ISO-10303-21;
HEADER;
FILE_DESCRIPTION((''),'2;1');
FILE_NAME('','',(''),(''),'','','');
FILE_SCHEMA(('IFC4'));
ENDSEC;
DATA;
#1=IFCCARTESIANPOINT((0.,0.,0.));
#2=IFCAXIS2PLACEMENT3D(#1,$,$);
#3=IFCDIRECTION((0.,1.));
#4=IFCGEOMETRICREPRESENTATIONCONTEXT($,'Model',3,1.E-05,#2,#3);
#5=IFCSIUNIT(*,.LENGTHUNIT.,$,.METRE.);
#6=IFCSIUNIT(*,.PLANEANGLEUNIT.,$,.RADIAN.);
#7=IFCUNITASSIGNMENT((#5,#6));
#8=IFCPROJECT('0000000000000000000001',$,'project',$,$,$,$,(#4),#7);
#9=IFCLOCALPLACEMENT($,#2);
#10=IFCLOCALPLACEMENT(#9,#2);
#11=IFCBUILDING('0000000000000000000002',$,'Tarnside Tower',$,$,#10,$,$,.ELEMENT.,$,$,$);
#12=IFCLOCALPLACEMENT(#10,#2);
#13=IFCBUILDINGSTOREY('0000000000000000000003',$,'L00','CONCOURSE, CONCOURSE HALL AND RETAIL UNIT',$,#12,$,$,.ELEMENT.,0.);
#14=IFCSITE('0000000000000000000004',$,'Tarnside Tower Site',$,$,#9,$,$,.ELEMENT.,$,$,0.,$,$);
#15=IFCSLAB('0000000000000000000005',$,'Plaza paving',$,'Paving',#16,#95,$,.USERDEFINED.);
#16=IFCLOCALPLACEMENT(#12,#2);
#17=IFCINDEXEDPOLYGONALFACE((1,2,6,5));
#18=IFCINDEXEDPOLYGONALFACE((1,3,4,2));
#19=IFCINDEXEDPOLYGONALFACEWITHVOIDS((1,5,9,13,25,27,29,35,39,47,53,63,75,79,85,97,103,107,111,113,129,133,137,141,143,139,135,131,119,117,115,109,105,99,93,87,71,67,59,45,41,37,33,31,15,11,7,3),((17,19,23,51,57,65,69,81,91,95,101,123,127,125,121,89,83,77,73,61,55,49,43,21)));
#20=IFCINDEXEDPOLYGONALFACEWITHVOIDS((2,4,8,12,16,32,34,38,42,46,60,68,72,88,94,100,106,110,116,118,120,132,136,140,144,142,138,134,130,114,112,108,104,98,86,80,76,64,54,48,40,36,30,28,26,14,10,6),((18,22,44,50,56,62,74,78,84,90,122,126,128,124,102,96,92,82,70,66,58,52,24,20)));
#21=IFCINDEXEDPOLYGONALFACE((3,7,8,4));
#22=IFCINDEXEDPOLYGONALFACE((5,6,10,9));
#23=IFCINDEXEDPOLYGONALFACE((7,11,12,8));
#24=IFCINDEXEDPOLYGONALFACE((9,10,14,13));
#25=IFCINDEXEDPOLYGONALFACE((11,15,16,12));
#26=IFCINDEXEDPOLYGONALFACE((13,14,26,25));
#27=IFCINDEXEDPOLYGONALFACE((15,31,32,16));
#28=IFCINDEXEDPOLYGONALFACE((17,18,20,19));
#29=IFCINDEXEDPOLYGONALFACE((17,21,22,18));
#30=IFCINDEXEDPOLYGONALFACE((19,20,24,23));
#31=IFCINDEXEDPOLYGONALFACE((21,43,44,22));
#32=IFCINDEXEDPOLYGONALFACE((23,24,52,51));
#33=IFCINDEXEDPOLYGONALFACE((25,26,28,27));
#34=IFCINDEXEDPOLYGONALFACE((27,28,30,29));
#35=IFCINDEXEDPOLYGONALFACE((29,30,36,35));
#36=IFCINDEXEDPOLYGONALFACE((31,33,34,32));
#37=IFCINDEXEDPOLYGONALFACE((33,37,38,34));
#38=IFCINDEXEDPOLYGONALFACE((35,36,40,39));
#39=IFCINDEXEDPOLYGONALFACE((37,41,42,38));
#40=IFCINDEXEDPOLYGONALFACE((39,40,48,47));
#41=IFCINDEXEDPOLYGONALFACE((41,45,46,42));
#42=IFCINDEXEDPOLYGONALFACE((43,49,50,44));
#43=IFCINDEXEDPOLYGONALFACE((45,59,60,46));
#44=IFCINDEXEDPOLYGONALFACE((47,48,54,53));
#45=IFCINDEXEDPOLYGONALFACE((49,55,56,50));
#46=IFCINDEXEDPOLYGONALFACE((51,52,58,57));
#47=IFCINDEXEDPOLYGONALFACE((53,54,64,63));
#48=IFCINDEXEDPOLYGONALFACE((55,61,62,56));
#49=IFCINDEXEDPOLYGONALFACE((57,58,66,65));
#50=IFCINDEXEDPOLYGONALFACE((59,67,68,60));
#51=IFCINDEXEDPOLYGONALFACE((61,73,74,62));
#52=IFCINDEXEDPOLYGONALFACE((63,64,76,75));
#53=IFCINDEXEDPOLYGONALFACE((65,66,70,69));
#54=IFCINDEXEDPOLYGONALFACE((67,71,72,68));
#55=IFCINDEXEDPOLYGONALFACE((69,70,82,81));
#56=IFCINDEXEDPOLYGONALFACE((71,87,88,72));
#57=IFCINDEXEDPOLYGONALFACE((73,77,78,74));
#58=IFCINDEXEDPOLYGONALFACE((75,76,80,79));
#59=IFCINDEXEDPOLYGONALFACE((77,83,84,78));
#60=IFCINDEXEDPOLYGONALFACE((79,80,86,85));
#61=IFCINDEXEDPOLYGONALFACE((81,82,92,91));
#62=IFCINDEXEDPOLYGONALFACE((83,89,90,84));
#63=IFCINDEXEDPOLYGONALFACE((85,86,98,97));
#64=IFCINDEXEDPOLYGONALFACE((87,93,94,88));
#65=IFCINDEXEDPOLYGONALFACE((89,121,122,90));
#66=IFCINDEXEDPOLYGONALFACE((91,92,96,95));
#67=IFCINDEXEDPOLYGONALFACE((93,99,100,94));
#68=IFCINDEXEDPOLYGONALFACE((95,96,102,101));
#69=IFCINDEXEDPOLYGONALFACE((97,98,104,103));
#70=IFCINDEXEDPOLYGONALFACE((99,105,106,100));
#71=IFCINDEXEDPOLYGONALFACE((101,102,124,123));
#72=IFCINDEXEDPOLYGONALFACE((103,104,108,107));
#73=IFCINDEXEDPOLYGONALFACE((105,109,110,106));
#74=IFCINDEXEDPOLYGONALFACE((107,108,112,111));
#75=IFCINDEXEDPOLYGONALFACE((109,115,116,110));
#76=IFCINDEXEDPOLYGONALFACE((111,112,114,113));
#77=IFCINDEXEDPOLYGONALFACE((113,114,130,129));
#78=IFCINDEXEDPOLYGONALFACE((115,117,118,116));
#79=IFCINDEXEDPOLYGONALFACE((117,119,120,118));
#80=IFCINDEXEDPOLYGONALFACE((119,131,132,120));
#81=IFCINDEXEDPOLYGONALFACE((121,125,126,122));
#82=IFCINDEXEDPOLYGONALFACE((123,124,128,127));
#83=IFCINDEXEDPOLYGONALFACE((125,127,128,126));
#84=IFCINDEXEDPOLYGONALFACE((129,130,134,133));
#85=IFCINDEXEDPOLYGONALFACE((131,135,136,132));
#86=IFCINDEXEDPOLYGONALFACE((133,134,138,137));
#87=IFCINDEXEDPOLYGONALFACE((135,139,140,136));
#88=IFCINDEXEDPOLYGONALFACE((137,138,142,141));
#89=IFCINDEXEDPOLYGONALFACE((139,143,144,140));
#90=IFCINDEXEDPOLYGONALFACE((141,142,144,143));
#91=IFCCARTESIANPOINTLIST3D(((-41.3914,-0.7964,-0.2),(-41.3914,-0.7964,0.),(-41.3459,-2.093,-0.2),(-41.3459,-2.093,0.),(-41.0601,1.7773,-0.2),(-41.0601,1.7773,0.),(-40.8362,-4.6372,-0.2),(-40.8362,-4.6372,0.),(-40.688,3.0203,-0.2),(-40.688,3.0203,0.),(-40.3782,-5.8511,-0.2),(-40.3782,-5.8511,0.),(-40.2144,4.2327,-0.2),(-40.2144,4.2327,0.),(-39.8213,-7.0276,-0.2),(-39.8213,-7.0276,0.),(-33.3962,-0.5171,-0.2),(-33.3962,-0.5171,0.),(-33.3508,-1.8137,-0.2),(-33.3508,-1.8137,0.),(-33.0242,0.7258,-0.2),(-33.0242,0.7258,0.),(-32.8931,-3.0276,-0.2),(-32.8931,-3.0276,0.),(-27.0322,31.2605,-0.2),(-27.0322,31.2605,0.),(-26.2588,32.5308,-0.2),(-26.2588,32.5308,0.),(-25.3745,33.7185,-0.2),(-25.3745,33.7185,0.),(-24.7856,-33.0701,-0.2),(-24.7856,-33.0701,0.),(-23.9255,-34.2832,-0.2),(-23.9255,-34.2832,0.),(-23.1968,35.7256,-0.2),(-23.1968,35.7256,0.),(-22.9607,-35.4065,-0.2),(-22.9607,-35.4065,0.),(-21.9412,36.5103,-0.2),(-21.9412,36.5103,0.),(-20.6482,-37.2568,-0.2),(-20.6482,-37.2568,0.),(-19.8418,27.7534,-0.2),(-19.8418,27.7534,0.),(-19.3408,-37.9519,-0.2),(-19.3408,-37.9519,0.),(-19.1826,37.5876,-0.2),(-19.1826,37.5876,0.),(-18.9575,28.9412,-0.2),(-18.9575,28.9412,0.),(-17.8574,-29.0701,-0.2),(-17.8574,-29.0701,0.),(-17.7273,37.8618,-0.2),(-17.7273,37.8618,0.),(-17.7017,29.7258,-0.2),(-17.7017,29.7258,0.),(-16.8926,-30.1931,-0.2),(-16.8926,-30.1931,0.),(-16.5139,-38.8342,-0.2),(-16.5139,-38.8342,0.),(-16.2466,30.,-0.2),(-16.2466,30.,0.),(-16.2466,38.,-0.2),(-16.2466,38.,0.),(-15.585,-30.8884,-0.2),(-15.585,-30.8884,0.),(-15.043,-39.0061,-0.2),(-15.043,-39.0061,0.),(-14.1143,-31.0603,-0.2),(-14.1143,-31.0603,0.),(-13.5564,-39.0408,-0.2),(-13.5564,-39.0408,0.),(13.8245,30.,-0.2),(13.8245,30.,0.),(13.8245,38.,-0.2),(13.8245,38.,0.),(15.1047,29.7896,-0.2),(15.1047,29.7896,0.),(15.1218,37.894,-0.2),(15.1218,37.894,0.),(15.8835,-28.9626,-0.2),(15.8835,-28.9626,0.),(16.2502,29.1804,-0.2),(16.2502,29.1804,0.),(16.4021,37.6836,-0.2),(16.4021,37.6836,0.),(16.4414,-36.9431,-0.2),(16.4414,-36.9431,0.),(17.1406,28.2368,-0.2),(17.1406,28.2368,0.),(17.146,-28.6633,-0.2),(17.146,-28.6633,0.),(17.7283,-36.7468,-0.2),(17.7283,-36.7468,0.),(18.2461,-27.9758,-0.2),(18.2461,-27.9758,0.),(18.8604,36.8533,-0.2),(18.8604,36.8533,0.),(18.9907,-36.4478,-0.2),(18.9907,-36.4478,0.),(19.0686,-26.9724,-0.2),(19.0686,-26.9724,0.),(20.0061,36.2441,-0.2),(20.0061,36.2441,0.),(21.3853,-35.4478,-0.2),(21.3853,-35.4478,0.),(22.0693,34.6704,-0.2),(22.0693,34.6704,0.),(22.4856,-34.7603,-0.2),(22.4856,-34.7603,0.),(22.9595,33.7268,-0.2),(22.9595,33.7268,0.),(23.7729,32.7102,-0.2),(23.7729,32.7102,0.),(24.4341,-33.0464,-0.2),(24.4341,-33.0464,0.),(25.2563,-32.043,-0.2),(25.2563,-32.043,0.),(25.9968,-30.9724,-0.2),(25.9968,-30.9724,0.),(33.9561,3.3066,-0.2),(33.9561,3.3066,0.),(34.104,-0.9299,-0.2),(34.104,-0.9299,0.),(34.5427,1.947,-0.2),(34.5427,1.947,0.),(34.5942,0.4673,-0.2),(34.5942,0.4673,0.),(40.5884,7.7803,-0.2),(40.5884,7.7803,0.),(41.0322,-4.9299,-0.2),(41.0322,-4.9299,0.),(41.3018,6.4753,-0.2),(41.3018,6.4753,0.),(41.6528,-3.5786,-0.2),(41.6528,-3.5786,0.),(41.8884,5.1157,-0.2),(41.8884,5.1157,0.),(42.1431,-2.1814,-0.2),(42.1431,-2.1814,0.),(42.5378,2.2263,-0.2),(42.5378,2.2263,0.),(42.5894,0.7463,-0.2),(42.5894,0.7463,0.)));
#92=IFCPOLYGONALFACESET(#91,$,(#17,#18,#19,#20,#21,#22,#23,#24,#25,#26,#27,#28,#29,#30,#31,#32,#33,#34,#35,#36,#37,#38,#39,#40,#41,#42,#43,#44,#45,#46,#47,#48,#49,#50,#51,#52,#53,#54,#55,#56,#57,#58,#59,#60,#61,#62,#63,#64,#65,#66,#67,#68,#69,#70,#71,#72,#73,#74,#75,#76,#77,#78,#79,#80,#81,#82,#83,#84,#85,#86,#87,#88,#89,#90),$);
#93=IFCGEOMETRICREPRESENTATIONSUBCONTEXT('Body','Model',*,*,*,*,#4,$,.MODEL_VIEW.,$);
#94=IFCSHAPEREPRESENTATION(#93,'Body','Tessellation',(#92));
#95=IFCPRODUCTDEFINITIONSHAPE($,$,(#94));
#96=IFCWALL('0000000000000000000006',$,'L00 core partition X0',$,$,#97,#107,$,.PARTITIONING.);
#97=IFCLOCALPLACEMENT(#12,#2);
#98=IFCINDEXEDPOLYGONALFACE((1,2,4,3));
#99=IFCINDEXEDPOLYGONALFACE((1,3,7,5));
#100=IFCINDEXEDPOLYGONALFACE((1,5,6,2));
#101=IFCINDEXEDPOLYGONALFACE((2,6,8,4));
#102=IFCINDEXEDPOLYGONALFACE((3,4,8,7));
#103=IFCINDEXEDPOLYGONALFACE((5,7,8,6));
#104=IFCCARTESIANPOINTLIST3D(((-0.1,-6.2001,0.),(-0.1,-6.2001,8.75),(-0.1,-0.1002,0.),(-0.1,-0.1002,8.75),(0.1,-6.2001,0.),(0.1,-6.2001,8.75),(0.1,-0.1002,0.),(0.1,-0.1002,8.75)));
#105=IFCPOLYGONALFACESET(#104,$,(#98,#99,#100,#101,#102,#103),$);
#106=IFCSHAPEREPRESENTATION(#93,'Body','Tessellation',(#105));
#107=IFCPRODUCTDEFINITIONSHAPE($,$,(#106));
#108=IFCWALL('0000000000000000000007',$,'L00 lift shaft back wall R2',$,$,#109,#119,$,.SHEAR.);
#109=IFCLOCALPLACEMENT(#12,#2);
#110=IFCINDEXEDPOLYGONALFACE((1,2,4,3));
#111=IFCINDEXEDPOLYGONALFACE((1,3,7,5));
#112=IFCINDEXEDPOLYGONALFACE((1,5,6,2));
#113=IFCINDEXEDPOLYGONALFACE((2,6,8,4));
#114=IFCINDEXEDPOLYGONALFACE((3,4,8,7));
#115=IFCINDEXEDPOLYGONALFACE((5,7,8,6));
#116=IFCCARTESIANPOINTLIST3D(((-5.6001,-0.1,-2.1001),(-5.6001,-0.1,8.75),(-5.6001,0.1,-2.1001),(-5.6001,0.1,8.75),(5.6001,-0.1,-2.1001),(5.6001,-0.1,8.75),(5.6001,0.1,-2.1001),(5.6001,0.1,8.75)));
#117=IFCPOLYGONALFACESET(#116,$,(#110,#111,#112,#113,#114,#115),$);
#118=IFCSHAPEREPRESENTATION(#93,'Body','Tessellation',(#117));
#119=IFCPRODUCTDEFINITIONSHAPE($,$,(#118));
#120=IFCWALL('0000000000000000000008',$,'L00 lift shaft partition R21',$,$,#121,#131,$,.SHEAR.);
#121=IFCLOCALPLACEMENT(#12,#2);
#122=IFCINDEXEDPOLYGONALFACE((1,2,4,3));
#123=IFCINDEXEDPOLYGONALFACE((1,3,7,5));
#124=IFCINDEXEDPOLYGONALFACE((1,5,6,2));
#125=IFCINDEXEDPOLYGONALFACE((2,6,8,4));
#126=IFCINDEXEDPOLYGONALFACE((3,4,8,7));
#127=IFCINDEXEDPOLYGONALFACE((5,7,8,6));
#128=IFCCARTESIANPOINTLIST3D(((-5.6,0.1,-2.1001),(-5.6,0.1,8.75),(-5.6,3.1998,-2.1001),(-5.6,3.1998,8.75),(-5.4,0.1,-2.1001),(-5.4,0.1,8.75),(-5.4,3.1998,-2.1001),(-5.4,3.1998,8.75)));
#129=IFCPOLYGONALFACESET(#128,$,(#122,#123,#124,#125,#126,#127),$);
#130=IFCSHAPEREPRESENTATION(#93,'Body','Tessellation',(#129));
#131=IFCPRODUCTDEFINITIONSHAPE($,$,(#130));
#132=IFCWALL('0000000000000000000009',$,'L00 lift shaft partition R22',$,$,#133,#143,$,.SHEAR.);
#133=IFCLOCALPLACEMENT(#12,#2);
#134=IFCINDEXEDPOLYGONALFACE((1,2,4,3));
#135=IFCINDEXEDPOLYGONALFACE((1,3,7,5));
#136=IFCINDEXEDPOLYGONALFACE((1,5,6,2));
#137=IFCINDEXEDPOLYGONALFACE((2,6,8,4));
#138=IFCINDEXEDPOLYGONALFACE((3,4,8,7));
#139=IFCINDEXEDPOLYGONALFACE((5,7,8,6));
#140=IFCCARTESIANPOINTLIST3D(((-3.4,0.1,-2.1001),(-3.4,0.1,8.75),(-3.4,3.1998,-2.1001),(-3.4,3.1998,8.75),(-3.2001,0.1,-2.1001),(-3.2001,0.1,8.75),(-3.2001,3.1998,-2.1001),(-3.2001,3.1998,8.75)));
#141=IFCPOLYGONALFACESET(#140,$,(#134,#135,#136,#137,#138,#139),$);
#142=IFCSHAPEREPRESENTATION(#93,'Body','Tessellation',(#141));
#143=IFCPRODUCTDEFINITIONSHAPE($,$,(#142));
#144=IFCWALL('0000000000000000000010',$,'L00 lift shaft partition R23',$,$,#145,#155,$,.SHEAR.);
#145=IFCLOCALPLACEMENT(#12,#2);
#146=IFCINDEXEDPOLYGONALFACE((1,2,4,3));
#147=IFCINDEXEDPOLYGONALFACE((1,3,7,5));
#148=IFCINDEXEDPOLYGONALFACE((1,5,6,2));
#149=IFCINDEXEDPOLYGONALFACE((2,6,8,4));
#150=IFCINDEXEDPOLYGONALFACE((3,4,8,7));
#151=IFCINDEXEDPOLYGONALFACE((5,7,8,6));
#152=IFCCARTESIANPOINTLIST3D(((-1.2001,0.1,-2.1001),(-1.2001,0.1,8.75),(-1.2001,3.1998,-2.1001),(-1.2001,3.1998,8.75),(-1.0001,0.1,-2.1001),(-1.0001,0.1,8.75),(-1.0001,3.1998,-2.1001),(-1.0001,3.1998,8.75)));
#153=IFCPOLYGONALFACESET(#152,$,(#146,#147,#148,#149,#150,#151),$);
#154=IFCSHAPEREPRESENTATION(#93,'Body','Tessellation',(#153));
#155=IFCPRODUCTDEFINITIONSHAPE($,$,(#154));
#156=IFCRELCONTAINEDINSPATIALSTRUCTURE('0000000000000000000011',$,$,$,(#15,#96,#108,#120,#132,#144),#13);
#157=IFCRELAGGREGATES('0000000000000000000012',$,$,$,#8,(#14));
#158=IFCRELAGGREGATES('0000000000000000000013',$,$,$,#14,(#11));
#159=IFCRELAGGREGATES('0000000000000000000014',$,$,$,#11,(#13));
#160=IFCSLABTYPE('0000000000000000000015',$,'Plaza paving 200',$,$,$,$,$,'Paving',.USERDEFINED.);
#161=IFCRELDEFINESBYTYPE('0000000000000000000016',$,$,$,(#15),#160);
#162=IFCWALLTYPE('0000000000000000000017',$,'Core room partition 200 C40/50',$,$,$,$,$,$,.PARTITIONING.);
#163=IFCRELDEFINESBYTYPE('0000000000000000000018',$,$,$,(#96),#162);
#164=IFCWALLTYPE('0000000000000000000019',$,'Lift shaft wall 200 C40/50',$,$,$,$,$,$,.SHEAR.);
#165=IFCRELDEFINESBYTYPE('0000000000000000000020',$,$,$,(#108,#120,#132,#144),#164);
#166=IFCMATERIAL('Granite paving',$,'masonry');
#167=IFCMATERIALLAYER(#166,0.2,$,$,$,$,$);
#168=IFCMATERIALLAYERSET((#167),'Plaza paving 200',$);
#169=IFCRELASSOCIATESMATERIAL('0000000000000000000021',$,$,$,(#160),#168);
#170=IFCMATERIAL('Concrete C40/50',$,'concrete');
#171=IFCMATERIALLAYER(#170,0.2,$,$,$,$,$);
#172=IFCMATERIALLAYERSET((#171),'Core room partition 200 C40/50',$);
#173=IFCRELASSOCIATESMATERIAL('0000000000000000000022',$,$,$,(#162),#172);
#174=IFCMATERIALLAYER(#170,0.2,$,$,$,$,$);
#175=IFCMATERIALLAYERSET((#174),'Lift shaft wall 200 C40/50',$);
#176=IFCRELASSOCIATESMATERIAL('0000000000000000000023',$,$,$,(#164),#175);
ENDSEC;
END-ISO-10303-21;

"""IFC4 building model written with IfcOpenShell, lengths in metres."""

from ifc_helpers import new_model, si_unit, direction, frame, frame_2d, origin, place, context, subcontext, project, spatial, polyline, rectangle, outline, extrude, material, layer, layer_set, type_object, element, save


model = new_model("IFC4")

# Units and contexts
model_context = context("Model", 3, precision=1e-05, world=origin(), true_north=direction((0.0, 1.0)))
body_context = subcontext(model_context, "Body", "Model", "MODEL_VIEW")
ifc_project = project(units=[si_unit("LENGTHUNIT", "METRE"), si_unit("PLANEANGLEUNIT", "RADIAN")], contexts=[model_context])

# Site, building, storey
site_placement = place(None, origin())
site = spatial("IfcSite", under=ifc_project, at=site_placement, Name="Tarnside Tower Site", CompositionType="ELEMENT", RefElevation=0.0)
building_placement = place(site_placement, origin())
building = spatial("IfcBuilding", under=site, at=building_placement, Name="Tarnside Tower", CompositionType="ELEMENT")
storey_placement = place(building_placement, origin())
storey = spatial("IfcBuildingStorey", under=building, at=storey_placement, Name="L00", Description="CONCOURSE, CONCOURSE HALL AND RETAIL UNIT", CompositionType="ELEMENT", Elevation=0.0)

# Slab
ifc_material_1 = material(Name="Granite paving", Category="masonry")
ifc_layer_1 = layer(ifc_material_1, 0.2)
ifc_layer_set_1 = layer_set([ifc_layer_1], Name="Plaza paving 200")
slab_type_1 = type_object("IfcSlabType", Name="Plaza paving 200", ElementType="Paving", PredefinedType="USERDEFINED", material=ifc_layer_set_1)
slab_1_placement = place(storey_placement, frame((0.0, 0.0, -0.2)))
element("IfcSlab", 1, at=slab_1_placement, inside=storey, type_object=slab_type_1, Name="Plaza paving", ObjectType="Paving", PredefinedType="USERDEFINED", context=body_context, shape_type="SweptSolid", body=[
    extrude(outline(polyline([(15.1218, 37.894), (16.4021, 37.6836), (18.8604, 36.8533), (20.0061, 36.2441), (22.0693, 34.6704), (22.9595, 33.7268), (23.7729, 32.7102), (40.5884, 7.7803), (41.3018, 6.4753), (41.8884, 5.1157), (42.5378, 2.2263), (42.5894, 0.7463), (42.1431, -2.1814), (41.6528, -3.5786), (41.0322, -4.9299), (25.9968, -30.9724), (25.2563, -32.043), (24.4341, -33.0464), (22.4856, -34.7603), (21.3853, -35.4478), (18.9907, -36.4478), (17.7283, -36.7468), (16.4414, -36.9431), (-13.5564, -39.0408), (-15.043, -39.0061), (-16.5139, -38.8342), (-19.3408, -37.9519), (-20.6482, -37.2568), (-22.9607, -35.4065), (-23.9255, -34.2832), (-24.7856, -33.0701), (-39.8213, -7.0276), (-40.3782, -5.8511), (-40.8362, -4.6372), (-41.3459, -2.093), (-41.3914, -0.7964), (-41.0601, 1.7773), (-40.688, 3.0203), (-40.2144, 4.2327), (-27.0322, 31.2605), (-26.2588, 32.5308), (-25.3745, 33.7185), (-23.1968, 35.7256), (-21.9412, 36.5103), (-19.1826, 37.5876), (-17.7273, 37.8618), (-16.2466, 38.0), (13.8245, 38.0), (15.1218, 37.894)]), holes=[polyline([(13.8245, 30.0), (-16.2466, 30.0), (-17.7017, 29.7258), (-18.9575, 28.9412), (-19.8418, 27.7534), (-33.0242, 0.7258), (-33.3962, -0.5171), (-33.3508, -1.8137), (-32.8931, -3.0276), (-17.8574, -29.0701), (-16.8926, -30.1931), (-15.585, -30.8884), (-14.1143, -31.0603), (15.8835, -28.9626), (17.146, -28.6633), (18.2461, -27.9758), (19.0686, -26.9724), (34.104, -0.9299), (34.5942, 0.4673), (34.5427, 1.947), (33.9561, 3.3066), (17.1406, 28.2368), (16.2502, 29.1804), (15.1047, 29.7896), (13.8245, 30.0)])]), origin(), (0.0, 0.0, 1.0), 0.2),
])

# Walls
ifc_material_2 = material(Name="Concrete C40/50", Category="concrete")
ifc_layer_2 = layer(ifc_material_2, 0.2)
ifc_layer_set_2 = layer_set([ifc_layer_2], Name="Core room partition 200 C40/50")
wall_type_1 = type_object("IfcWallType", Name="Core room partition 200 C40/50", PredefinedType="PARTITIONING", material=ifc_layer_set_2)
wall_1_placement = place(storey_placement, frame((0.0, -6.2, 0.0), z_axis=(0.0, 0.0, 1.0), x_axis=(0.0, 1.0, 0.0)))
element("IfcWall", 2, at=wall_1_placement, inside=storey, type_object=wall_type_1, Name="L00 core partition X0", PredefinedType="PARTITIONING", context=body_context, shape_type="SweptSolid", body=[
    extrude(rectangle(XDim=6.0999, YDim=0.2, at=frame_2d((3.0498, 0.0))), origin(), (0.0, 0.0, 1.0), 8.75),
])
ifc_layer_3 = layer(ifc_material_2, 0.2)
ifc_layer_set_3 = layer_set([ifc_layer_3], Name="Lift shaft wall 200 C40/50")
wall_type_2 = type_object("IfcWallType", Name="Lift shaft wall 200 C40/50", PredefinedType="SHEAR", material=ifc_layer_set_3)
wall_2_placement = place(storey_placement, frame((-5.6001, 0.0, -2.1001), z_axis=(0.0, 0.0, 1.0), x_axis=(1.0, 0.0, 0.0)))
element("IfcWall", 3, at=wall_2_placement, inside=storey, type_object=wall_type_2, Name="L00 lift shaft back wall R2", PredefinedType="SHEAR", context=body_context, shape_type="SweptSolid", body=[
    extrude(rectangle(XDim=11.2002, YDim=0.2, at=frame_2d((5.6001, 0.0))), origin(), (0.0, 0.0, 1.0), 10.8501),
])
for number, where, z_axis, x_axis, name in (
    (4, (-5.5, 0.1001, -2.1001), (0.0, 0.0, 1.0), (0.0, 1.0, 0.0), "L00 lift shaft partition R21"),
    (5, (-3.3, 0.1001, -2.1001), (0.0, 0.0, 1.0), (0.0, 1.0, 0.0), "L00 lift shaft partition R22"),
    (6, (-1.1001, 0.1001, -2.1001), (0.0, 0.0, 1.0), (0.0, 1.0, 0.0), "L00 lift shaft partition R23"),
):
    element("IfcWall", number, at=place(storey_placement, frame(where, z_axis=z_axis, x_axis=x_axis)), inside=storey, type_object=wall_type_2, Name=name, PredefinedType="SHEAR", context=body_context, shape_type="SweptSolid", body=[
        extrude(rectangle(XDim=3.0999, YDim=0.2, at=frame_2d((1.5498, 0.0))), origin(), (0.0, 0.0, 1.0), 10.8501),
    ])

save(model, "model.ifc")
